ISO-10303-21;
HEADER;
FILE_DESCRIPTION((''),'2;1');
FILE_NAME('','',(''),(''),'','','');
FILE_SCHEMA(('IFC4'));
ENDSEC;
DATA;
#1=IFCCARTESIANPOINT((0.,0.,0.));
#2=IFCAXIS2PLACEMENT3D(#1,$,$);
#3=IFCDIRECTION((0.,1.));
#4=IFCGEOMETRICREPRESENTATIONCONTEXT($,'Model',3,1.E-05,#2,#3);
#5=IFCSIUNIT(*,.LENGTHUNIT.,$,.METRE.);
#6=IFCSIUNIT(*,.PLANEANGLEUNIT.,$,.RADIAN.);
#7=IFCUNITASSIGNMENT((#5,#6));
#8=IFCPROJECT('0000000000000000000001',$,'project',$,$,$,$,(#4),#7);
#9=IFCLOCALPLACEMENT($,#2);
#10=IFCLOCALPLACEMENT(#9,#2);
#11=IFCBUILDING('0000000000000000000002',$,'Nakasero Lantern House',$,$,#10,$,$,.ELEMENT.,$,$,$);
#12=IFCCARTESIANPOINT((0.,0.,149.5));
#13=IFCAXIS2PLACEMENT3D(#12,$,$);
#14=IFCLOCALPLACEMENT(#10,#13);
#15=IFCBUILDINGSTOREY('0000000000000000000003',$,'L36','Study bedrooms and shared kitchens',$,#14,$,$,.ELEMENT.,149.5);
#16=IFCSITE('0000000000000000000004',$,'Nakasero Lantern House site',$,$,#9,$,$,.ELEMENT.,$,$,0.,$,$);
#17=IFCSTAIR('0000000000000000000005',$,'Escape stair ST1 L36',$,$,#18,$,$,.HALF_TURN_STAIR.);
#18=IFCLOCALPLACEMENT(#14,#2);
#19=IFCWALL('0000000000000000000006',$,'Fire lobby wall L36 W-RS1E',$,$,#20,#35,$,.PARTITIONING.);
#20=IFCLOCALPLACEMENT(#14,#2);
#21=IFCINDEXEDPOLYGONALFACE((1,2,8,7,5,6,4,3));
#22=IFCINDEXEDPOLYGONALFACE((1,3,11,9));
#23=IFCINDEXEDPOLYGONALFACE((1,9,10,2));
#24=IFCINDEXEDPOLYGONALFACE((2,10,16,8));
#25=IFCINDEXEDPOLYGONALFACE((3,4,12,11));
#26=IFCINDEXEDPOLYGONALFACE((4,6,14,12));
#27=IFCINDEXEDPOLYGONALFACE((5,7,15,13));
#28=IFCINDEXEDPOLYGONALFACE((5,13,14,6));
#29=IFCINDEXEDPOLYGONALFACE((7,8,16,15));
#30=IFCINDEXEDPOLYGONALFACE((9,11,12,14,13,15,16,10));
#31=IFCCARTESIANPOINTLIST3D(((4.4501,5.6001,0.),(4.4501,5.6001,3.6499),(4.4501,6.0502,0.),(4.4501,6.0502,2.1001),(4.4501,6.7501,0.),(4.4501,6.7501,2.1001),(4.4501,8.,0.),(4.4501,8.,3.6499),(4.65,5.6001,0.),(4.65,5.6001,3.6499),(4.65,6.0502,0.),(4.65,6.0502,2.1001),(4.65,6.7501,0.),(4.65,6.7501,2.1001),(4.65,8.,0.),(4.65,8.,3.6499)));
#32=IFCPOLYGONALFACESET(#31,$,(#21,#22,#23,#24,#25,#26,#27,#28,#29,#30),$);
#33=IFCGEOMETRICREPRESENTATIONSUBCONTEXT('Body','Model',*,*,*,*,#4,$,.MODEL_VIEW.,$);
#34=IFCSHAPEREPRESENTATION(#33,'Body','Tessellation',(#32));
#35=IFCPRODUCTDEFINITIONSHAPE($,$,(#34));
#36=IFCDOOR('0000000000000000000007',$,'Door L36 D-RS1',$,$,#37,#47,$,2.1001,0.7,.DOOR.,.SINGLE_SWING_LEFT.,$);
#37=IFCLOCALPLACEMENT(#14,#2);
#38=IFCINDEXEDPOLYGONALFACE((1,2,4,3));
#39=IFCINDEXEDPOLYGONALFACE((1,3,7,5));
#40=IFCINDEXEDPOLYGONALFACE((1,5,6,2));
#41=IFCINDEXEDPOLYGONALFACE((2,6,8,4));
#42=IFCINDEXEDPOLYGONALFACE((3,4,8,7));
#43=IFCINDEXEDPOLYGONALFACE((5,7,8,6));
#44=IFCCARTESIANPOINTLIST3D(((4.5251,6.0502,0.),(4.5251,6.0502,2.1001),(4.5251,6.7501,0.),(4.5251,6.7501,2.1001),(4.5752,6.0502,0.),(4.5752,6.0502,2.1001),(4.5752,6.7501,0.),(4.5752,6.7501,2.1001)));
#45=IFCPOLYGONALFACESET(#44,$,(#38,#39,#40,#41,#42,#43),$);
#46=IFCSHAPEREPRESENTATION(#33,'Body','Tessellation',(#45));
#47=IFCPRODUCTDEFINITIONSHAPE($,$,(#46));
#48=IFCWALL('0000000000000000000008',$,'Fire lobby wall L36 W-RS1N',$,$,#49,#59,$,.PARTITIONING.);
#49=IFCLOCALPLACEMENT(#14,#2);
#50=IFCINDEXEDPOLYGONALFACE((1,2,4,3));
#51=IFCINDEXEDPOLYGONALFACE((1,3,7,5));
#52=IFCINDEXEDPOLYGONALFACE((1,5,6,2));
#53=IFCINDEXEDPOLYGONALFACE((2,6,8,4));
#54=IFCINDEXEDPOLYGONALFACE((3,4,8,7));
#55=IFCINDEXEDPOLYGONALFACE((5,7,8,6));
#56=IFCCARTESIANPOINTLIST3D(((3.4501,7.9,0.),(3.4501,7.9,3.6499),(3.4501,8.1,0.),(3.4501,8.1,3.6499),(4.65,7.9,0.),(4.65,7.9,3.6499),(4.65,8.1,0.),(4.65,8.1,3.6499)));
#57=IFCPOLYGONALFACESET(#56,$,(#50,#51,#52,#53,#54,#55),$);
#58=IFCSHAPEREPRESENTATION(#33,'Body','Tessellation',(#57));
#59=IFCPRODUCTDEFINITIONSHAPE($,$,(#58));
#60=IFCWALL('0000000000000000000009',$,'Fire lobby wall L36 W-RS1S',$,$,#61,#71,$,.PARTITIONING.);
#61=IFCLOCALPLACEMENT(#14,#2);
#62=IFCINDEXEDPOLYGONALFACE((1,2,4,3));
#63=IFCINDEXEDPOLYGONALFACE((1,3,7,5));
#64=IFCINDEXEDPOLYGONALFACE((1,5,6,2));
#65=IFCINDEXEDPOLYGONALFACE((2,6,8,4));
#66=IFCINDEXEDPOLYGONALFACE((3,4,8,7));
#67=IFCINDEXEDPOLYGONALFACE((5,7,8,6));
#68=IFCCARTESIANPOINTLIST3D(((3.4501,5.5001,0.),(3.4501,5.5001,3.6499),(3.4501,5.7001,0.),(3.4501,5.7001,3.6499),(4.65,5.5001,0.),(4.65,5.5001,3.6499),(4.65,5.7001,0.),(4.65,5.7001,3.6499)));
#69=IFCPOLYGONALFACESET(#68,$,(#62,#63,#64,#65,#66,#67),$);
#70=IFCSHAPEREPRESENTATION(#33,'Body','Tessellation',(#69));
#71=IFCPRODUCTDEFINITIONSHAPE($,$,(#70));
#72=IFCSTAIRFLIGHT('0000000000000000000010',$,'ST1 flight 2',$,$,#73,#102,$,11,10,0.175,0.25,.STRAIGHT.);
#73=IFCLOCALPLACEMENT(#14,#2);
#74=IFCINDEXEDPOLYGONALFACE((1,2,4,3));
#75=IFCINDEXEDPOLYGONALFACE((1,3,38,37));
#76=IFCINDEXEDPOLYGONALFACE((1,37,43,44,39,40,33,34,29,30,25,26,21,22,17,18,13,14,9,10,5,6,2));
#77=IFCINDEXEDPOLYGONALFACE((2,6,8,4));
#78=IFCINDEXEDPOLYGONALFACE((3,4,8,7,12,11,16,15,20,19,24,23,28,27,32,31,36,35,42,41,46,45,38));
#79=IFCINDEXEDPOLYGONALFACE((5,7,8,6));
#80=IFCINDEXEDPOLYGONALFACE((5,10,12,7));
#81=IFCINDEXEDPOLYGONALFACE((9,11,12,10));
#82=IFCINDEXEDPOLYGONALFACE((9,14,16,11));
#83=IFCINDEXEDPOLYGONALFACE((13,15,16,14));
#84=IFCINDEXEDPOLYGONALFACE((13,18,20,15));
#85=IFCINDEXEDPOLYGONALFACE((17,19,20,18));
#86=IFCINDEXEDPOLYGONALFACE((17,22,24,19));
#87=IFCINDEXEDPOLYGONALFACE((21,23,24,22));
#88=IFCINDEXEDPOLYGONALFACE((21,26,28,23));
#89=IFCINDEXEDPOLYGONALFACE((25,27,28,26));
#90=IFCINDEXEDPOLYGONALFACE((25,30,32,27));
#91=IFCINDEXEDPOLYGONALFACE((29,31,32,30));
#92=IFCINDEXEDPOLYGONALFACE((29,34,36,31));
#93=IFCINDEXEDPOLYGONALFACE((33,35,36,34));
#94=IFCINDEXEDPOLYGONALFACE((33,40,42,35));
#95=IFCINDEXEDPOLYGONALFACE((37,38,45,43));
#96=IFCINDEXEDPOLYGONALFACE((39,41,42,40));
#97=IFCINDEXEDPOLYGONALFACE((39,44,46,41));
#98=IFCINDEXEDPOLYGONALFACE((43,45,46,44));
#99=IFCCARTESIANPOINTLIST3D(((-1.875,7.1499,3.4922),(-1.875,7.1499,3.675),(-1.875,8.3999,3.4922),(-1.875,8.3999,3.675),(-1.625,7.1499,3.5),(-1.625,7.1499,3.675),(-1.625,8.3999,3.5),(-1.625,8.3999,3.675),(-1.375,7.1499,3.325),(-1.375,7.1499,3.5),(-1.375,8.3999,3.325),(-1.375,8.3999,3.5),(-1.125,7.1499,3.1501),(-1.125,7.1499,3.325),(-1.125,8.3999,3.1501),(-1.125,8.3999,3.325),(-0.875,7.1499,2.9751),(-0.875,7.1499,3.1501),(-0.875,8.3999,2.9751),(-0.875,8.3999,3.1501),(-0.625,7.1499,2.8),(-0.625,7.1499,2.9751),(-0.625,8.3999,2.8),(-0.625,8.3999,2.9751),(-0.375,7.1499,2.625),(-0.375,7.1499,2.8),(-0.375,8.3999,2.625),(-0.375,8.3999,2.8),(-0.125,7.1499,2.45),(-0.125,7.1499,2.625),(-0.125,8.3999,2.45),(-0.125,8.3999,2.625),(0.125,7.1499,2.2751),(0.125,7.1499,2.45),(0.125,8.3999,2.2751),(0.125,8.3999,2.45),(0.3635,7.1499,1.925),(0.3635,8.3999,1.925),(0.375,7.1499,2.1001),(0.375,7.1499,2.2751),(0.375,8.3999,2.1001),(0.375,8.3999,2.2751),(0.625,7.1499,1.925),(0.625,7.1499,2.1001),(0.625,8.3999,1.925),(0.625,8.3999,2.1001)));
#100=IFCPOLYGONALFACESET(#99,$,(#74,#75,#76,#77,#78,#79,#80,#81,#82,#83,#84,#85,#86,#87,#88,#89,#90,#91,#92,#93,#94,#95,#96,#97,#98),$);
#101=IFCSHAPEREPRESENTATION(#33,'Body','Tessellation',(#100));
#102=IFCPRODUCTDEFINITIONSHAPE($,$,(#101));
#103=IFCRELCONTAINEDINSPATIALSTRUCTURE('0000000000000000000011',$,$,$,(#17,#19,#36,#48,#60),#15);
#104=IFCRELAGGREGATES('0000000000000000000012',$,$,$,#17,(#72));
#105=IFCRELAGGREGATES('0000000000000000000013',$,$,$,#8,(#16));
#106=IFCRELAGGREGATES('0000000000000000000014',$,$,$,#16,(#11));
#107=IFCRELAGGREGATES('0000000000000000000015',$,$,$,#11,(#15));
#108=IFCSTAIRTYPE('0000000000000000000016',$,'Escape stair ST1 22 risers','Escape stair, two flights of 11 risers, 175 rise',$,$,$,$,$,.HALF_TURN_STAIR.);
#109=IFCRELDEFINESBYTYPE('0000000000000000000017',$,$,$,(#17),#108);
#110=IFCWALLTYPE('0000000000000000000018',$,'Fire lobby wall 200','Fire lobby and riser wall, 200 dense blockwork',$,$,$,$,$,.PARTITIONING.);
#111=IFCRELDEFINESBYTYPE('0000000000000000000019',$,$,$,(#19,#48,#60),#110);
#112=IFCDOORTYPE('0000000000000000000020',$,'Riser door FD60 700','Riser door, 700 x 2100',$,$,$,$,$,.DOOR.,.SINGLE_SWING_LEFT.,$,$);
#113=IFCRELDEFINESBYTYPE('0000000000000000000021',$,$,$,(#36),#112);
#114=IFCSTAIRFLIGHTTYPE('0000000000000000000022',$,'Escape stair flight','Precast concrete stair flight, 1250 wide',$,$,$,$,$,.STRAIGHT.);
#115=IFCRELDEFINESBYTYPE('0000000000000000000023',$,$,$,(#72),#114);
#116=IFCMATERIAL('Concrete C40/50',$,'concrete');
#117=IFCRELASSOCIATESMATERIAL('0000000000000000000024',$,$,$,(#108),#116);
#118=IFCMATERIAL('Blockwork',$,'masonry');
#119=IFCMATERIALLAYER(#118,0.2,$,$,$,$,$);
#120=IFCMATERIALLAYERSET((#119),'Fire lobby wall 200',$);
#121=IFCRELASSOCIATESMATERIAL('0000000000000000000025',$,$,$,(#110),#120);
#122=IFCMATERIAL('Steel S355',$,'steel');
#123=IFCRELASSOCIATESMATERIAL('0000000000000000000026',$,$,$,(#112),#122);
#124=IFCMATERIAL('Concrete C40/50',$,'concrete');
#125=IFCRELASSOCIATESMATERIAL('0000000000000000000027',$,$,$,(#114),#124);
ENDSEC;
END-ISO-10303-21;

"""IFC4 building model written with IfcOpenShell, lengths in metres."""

from ifc_helpers import new_model, si_unit, direction, frame, frame_2d, origin, place, context, subcontext, project, spatial, polyline, rectangle, outline, extrude, material, layer, layer_set, type_object, element, fill, aggregate, save


model = new_model("IFC4")

# Units and contexts
model_context = context("Model", 3, precision=1e-05, world=origin(), true_north=direction((0.0, 1.0)))
body_context = subcontext(model_context, "Body", "Model", "MODEL_VIEW")
ifc_project = project(units=[si_unit("LENGTHUNIT", "METRE"), si_unit("PLANEANGLEUNIT", "RADIAN")], contexts=[model_context])

# Site, building, storey
site_placement = place(None, origin())
site = spatial("IfcSite", under=ifc_project, at=site_placement, Name="Nakasero Lantern House site", CompositionType="ELEMENT", RefElevation=0.0)
building_placement = place(site_placement, origin())
building = spatial("IfcBuilding", under=site, at=building_placement, Name="Nakasero Lantern House", CompositionType="ELEMENT")
storey_placement = place(building_placement, frame((0.0, 0.0, 149.5)))
storey = spatial("IfcBuildingStorey", under=building, at=storey_placement, Name="L36", Description="Study bedrooms and shared kitchens", CompositionType="ELEMENT", Elevation=149.5)

# Stair
ifc_material_1 = material(Name="Concrete C40/50", Category="concrete")
stair_type_1 = type_object("IfcStairType", Name="Escape stair ST1 22 risers", Description="Escape stair, two flights of 11 risers, 175 rise", PredefinedType="HALF_TURN_STAIR", material=ifc_material_1)
stair_1_placement = place(storey_placement, origin())
stair_1 = element("IfcStair", 1, at=stair_1_placement, inside=storey, type_object=stair_type_1, Name="Escape stair ST1 L36", PredefinedType="HALF_TURN_STAIR")

# Wall, opening, door
ifc_material_2 = material(Name="Blockwork", Category="masonry")
ifc_layer_1 = layer(ifc_material_2, 0.2)
ifc_layer_set_1 = layer_set([ifc_layer_1], Name="Fire lobby wall 200")
wall_type_1 = type_object("IfcWallType", Name="Fire lobby wall 200", Description="Fire lobby and riser wall, 200 dense blockwork", PredefinedType="PARTITIONING", material=ifc_layer_set_1)
wall_1_placement = place(storey_placement, frame((4.55, 5.6001, 0.0), z_axis=(0.0, 0.0, 1.0), x_axis=(0.0, 1.0, 0.0)))
wall_1 = element("IfcWall", 2, at=wall_1_placement, inside=storey, type_object=wall_type_1, Name="Fire lobby wall L36 W-RS1E", PredefinedType="PARTITIONING", context=body_context, shape_type="SweptSolid", body=[
    extrude(rectangle(XDim=2.3999, YDim=0.2, at=frame_2d((1.2, 0.0))), origin(), (0.0, 0.0, 1.0), 3.6499),
])
opening_1_placement = place(wall_1_placement, frame((0.45, 0.0, 0.0)))
opening_1 = element("IfcOpeningElement", 3, at=opening_1_placement, cuts=wall_1, PredefinedType="OPENING", context=body_context, shape_type="SweptSolid", body=[
    extrude(rectangle(XDim=0.7, YDim=2.1001, at=frame_2d((0.3501, 1.05))), frame((0.0, 0.1199, 0.0), z_axis=(0.0, -1.0, 0.0), x_axis=(1.0, 0.0, 0.0)), (0.0, 0.0, 1.0), 0.24),
])
ifc_material_3 = material(Name="Steel S355", Category="steel")
door_type_1 = type_object("IfcDoorType", Name="Riser door FD60 700", Description="Riser door, 700 x 2100", OperationType="SINGLE_SWING_LEFT", PredefinedType="DOOR", material=ifc_material_3)
door_1_placement = place(opening_1_placement, origin())
door_1 = element("IfcDoor", 4, at=door_1_placement, inside=storey, type_object=door_type_1, Name="Door L36 D-RS1", OperationType="SINGLE_SWING_LEFT", OverallHeight=2.1001, OverallWidth=0.7, PredefinedType="DOOR", context=body_context, shape_type="SweptSolid", body=[
    extrude(rectangle(XDim=0.7, YDim=2.1001, at=frame_2d((0.3501, 1.05))), frame((0.0, 0.0249, 0.0), z_axis=(0.0, -1.0, 0.0), x_axis=(1.0, 0.0, 0.0)), (0.0, 0.0, 1.0), 0.05),
])
fill(opening_1, door_1)

# Walls
for number, where, z_axis, x_axis, name in (
    (5, (3.45, 8.0, 0.0), (0.0, 0.0, 1.0), (1.0, 0.0, 0.0), "Fire lobby wall L36 W-RS1N"),
    (6, (3.45, 5.6001, 0.0), (0.0, 0.0, 1.0), (1.0, 0.0, 0.0), "Fire lobby wall L36 W-RS1S"),
):
    element("IfcWall", number, at=place(storey_placement, frame(where, z_axis=z_axis, x_axis=x_axis)), inside=storey, type_object=wall_type_1, Name=name, PredefinedType="PARTITIONING", context=body_context, shape_type="SweptSolid", body=[
        extrude(rectangle(XDim=1.2, YDim=0.2, at=frame_2d((0.6001, 0.0))), origin(), (0.0, 0.0, 1.0), 3.6499),
    ])

# Stair flight
ifc_material_4 = material(Name="Concrete C40/50", Category="concrete")
stair_flight_type = type_object("IfcStairFlightType", Name="Escape stair flight", Description="Precast concrete stair flight, 1250 wide", PredefinedType="STRAIGHT", material=ifc_material_4)
stair_flight_placement = place(storey_placement, frame((0.625, 7.7749, 1.925), z_axis=(0.0, 0.0, 1.0), x_axis=(-1.0, 0.0, 0.0)))
stair_flight = element("IfcStairFlight", 7, at=stair_flight_placement, type_object=stair_flight_type, Name="ST1 flight 2", NumberOfRisers=11, NumberOfTreads=10, PredefinedType="STRAIGHT", RiserHeight=0.175, TreadLength=0.25, context=body_context, shape_type="SweptSolid", body=[
    extrude(outline(polyline([(0.0, 0.0), (0.0, 0.175), (0.25, 0.175), (0.25, 0.3501), (0.5, 0.3501), (0.5, 0.5249), (0.75, 0.5249), (0.75, 0.7), (1.0, 0.7), (1.0, 0.875), (1.25, 0.875), (1.25, 1.05), (1.5, 1.05), (1.5, 1.2251), (1.75, 1.2251), (1.75, 1.3999), (2.0, 1.3999), (2.0, 1.575), (2.25, 1.575), (2.25, 1.75), (2.5, 1.75), (2.5, 1.925), (2.5, 1.5671), (0.2615, 0.0), (0.0, 0.0)])), frame((0.0, 0.625, 0.0), z_axis=(0.0, -1.0, 0.0), x_axis=(1.0, 0.0, 0.0)), (0.0, 0.0, 1.0), 1.25),
])
aggregate(stair_1, [stair_flight])

save(model, "model.ifc")
